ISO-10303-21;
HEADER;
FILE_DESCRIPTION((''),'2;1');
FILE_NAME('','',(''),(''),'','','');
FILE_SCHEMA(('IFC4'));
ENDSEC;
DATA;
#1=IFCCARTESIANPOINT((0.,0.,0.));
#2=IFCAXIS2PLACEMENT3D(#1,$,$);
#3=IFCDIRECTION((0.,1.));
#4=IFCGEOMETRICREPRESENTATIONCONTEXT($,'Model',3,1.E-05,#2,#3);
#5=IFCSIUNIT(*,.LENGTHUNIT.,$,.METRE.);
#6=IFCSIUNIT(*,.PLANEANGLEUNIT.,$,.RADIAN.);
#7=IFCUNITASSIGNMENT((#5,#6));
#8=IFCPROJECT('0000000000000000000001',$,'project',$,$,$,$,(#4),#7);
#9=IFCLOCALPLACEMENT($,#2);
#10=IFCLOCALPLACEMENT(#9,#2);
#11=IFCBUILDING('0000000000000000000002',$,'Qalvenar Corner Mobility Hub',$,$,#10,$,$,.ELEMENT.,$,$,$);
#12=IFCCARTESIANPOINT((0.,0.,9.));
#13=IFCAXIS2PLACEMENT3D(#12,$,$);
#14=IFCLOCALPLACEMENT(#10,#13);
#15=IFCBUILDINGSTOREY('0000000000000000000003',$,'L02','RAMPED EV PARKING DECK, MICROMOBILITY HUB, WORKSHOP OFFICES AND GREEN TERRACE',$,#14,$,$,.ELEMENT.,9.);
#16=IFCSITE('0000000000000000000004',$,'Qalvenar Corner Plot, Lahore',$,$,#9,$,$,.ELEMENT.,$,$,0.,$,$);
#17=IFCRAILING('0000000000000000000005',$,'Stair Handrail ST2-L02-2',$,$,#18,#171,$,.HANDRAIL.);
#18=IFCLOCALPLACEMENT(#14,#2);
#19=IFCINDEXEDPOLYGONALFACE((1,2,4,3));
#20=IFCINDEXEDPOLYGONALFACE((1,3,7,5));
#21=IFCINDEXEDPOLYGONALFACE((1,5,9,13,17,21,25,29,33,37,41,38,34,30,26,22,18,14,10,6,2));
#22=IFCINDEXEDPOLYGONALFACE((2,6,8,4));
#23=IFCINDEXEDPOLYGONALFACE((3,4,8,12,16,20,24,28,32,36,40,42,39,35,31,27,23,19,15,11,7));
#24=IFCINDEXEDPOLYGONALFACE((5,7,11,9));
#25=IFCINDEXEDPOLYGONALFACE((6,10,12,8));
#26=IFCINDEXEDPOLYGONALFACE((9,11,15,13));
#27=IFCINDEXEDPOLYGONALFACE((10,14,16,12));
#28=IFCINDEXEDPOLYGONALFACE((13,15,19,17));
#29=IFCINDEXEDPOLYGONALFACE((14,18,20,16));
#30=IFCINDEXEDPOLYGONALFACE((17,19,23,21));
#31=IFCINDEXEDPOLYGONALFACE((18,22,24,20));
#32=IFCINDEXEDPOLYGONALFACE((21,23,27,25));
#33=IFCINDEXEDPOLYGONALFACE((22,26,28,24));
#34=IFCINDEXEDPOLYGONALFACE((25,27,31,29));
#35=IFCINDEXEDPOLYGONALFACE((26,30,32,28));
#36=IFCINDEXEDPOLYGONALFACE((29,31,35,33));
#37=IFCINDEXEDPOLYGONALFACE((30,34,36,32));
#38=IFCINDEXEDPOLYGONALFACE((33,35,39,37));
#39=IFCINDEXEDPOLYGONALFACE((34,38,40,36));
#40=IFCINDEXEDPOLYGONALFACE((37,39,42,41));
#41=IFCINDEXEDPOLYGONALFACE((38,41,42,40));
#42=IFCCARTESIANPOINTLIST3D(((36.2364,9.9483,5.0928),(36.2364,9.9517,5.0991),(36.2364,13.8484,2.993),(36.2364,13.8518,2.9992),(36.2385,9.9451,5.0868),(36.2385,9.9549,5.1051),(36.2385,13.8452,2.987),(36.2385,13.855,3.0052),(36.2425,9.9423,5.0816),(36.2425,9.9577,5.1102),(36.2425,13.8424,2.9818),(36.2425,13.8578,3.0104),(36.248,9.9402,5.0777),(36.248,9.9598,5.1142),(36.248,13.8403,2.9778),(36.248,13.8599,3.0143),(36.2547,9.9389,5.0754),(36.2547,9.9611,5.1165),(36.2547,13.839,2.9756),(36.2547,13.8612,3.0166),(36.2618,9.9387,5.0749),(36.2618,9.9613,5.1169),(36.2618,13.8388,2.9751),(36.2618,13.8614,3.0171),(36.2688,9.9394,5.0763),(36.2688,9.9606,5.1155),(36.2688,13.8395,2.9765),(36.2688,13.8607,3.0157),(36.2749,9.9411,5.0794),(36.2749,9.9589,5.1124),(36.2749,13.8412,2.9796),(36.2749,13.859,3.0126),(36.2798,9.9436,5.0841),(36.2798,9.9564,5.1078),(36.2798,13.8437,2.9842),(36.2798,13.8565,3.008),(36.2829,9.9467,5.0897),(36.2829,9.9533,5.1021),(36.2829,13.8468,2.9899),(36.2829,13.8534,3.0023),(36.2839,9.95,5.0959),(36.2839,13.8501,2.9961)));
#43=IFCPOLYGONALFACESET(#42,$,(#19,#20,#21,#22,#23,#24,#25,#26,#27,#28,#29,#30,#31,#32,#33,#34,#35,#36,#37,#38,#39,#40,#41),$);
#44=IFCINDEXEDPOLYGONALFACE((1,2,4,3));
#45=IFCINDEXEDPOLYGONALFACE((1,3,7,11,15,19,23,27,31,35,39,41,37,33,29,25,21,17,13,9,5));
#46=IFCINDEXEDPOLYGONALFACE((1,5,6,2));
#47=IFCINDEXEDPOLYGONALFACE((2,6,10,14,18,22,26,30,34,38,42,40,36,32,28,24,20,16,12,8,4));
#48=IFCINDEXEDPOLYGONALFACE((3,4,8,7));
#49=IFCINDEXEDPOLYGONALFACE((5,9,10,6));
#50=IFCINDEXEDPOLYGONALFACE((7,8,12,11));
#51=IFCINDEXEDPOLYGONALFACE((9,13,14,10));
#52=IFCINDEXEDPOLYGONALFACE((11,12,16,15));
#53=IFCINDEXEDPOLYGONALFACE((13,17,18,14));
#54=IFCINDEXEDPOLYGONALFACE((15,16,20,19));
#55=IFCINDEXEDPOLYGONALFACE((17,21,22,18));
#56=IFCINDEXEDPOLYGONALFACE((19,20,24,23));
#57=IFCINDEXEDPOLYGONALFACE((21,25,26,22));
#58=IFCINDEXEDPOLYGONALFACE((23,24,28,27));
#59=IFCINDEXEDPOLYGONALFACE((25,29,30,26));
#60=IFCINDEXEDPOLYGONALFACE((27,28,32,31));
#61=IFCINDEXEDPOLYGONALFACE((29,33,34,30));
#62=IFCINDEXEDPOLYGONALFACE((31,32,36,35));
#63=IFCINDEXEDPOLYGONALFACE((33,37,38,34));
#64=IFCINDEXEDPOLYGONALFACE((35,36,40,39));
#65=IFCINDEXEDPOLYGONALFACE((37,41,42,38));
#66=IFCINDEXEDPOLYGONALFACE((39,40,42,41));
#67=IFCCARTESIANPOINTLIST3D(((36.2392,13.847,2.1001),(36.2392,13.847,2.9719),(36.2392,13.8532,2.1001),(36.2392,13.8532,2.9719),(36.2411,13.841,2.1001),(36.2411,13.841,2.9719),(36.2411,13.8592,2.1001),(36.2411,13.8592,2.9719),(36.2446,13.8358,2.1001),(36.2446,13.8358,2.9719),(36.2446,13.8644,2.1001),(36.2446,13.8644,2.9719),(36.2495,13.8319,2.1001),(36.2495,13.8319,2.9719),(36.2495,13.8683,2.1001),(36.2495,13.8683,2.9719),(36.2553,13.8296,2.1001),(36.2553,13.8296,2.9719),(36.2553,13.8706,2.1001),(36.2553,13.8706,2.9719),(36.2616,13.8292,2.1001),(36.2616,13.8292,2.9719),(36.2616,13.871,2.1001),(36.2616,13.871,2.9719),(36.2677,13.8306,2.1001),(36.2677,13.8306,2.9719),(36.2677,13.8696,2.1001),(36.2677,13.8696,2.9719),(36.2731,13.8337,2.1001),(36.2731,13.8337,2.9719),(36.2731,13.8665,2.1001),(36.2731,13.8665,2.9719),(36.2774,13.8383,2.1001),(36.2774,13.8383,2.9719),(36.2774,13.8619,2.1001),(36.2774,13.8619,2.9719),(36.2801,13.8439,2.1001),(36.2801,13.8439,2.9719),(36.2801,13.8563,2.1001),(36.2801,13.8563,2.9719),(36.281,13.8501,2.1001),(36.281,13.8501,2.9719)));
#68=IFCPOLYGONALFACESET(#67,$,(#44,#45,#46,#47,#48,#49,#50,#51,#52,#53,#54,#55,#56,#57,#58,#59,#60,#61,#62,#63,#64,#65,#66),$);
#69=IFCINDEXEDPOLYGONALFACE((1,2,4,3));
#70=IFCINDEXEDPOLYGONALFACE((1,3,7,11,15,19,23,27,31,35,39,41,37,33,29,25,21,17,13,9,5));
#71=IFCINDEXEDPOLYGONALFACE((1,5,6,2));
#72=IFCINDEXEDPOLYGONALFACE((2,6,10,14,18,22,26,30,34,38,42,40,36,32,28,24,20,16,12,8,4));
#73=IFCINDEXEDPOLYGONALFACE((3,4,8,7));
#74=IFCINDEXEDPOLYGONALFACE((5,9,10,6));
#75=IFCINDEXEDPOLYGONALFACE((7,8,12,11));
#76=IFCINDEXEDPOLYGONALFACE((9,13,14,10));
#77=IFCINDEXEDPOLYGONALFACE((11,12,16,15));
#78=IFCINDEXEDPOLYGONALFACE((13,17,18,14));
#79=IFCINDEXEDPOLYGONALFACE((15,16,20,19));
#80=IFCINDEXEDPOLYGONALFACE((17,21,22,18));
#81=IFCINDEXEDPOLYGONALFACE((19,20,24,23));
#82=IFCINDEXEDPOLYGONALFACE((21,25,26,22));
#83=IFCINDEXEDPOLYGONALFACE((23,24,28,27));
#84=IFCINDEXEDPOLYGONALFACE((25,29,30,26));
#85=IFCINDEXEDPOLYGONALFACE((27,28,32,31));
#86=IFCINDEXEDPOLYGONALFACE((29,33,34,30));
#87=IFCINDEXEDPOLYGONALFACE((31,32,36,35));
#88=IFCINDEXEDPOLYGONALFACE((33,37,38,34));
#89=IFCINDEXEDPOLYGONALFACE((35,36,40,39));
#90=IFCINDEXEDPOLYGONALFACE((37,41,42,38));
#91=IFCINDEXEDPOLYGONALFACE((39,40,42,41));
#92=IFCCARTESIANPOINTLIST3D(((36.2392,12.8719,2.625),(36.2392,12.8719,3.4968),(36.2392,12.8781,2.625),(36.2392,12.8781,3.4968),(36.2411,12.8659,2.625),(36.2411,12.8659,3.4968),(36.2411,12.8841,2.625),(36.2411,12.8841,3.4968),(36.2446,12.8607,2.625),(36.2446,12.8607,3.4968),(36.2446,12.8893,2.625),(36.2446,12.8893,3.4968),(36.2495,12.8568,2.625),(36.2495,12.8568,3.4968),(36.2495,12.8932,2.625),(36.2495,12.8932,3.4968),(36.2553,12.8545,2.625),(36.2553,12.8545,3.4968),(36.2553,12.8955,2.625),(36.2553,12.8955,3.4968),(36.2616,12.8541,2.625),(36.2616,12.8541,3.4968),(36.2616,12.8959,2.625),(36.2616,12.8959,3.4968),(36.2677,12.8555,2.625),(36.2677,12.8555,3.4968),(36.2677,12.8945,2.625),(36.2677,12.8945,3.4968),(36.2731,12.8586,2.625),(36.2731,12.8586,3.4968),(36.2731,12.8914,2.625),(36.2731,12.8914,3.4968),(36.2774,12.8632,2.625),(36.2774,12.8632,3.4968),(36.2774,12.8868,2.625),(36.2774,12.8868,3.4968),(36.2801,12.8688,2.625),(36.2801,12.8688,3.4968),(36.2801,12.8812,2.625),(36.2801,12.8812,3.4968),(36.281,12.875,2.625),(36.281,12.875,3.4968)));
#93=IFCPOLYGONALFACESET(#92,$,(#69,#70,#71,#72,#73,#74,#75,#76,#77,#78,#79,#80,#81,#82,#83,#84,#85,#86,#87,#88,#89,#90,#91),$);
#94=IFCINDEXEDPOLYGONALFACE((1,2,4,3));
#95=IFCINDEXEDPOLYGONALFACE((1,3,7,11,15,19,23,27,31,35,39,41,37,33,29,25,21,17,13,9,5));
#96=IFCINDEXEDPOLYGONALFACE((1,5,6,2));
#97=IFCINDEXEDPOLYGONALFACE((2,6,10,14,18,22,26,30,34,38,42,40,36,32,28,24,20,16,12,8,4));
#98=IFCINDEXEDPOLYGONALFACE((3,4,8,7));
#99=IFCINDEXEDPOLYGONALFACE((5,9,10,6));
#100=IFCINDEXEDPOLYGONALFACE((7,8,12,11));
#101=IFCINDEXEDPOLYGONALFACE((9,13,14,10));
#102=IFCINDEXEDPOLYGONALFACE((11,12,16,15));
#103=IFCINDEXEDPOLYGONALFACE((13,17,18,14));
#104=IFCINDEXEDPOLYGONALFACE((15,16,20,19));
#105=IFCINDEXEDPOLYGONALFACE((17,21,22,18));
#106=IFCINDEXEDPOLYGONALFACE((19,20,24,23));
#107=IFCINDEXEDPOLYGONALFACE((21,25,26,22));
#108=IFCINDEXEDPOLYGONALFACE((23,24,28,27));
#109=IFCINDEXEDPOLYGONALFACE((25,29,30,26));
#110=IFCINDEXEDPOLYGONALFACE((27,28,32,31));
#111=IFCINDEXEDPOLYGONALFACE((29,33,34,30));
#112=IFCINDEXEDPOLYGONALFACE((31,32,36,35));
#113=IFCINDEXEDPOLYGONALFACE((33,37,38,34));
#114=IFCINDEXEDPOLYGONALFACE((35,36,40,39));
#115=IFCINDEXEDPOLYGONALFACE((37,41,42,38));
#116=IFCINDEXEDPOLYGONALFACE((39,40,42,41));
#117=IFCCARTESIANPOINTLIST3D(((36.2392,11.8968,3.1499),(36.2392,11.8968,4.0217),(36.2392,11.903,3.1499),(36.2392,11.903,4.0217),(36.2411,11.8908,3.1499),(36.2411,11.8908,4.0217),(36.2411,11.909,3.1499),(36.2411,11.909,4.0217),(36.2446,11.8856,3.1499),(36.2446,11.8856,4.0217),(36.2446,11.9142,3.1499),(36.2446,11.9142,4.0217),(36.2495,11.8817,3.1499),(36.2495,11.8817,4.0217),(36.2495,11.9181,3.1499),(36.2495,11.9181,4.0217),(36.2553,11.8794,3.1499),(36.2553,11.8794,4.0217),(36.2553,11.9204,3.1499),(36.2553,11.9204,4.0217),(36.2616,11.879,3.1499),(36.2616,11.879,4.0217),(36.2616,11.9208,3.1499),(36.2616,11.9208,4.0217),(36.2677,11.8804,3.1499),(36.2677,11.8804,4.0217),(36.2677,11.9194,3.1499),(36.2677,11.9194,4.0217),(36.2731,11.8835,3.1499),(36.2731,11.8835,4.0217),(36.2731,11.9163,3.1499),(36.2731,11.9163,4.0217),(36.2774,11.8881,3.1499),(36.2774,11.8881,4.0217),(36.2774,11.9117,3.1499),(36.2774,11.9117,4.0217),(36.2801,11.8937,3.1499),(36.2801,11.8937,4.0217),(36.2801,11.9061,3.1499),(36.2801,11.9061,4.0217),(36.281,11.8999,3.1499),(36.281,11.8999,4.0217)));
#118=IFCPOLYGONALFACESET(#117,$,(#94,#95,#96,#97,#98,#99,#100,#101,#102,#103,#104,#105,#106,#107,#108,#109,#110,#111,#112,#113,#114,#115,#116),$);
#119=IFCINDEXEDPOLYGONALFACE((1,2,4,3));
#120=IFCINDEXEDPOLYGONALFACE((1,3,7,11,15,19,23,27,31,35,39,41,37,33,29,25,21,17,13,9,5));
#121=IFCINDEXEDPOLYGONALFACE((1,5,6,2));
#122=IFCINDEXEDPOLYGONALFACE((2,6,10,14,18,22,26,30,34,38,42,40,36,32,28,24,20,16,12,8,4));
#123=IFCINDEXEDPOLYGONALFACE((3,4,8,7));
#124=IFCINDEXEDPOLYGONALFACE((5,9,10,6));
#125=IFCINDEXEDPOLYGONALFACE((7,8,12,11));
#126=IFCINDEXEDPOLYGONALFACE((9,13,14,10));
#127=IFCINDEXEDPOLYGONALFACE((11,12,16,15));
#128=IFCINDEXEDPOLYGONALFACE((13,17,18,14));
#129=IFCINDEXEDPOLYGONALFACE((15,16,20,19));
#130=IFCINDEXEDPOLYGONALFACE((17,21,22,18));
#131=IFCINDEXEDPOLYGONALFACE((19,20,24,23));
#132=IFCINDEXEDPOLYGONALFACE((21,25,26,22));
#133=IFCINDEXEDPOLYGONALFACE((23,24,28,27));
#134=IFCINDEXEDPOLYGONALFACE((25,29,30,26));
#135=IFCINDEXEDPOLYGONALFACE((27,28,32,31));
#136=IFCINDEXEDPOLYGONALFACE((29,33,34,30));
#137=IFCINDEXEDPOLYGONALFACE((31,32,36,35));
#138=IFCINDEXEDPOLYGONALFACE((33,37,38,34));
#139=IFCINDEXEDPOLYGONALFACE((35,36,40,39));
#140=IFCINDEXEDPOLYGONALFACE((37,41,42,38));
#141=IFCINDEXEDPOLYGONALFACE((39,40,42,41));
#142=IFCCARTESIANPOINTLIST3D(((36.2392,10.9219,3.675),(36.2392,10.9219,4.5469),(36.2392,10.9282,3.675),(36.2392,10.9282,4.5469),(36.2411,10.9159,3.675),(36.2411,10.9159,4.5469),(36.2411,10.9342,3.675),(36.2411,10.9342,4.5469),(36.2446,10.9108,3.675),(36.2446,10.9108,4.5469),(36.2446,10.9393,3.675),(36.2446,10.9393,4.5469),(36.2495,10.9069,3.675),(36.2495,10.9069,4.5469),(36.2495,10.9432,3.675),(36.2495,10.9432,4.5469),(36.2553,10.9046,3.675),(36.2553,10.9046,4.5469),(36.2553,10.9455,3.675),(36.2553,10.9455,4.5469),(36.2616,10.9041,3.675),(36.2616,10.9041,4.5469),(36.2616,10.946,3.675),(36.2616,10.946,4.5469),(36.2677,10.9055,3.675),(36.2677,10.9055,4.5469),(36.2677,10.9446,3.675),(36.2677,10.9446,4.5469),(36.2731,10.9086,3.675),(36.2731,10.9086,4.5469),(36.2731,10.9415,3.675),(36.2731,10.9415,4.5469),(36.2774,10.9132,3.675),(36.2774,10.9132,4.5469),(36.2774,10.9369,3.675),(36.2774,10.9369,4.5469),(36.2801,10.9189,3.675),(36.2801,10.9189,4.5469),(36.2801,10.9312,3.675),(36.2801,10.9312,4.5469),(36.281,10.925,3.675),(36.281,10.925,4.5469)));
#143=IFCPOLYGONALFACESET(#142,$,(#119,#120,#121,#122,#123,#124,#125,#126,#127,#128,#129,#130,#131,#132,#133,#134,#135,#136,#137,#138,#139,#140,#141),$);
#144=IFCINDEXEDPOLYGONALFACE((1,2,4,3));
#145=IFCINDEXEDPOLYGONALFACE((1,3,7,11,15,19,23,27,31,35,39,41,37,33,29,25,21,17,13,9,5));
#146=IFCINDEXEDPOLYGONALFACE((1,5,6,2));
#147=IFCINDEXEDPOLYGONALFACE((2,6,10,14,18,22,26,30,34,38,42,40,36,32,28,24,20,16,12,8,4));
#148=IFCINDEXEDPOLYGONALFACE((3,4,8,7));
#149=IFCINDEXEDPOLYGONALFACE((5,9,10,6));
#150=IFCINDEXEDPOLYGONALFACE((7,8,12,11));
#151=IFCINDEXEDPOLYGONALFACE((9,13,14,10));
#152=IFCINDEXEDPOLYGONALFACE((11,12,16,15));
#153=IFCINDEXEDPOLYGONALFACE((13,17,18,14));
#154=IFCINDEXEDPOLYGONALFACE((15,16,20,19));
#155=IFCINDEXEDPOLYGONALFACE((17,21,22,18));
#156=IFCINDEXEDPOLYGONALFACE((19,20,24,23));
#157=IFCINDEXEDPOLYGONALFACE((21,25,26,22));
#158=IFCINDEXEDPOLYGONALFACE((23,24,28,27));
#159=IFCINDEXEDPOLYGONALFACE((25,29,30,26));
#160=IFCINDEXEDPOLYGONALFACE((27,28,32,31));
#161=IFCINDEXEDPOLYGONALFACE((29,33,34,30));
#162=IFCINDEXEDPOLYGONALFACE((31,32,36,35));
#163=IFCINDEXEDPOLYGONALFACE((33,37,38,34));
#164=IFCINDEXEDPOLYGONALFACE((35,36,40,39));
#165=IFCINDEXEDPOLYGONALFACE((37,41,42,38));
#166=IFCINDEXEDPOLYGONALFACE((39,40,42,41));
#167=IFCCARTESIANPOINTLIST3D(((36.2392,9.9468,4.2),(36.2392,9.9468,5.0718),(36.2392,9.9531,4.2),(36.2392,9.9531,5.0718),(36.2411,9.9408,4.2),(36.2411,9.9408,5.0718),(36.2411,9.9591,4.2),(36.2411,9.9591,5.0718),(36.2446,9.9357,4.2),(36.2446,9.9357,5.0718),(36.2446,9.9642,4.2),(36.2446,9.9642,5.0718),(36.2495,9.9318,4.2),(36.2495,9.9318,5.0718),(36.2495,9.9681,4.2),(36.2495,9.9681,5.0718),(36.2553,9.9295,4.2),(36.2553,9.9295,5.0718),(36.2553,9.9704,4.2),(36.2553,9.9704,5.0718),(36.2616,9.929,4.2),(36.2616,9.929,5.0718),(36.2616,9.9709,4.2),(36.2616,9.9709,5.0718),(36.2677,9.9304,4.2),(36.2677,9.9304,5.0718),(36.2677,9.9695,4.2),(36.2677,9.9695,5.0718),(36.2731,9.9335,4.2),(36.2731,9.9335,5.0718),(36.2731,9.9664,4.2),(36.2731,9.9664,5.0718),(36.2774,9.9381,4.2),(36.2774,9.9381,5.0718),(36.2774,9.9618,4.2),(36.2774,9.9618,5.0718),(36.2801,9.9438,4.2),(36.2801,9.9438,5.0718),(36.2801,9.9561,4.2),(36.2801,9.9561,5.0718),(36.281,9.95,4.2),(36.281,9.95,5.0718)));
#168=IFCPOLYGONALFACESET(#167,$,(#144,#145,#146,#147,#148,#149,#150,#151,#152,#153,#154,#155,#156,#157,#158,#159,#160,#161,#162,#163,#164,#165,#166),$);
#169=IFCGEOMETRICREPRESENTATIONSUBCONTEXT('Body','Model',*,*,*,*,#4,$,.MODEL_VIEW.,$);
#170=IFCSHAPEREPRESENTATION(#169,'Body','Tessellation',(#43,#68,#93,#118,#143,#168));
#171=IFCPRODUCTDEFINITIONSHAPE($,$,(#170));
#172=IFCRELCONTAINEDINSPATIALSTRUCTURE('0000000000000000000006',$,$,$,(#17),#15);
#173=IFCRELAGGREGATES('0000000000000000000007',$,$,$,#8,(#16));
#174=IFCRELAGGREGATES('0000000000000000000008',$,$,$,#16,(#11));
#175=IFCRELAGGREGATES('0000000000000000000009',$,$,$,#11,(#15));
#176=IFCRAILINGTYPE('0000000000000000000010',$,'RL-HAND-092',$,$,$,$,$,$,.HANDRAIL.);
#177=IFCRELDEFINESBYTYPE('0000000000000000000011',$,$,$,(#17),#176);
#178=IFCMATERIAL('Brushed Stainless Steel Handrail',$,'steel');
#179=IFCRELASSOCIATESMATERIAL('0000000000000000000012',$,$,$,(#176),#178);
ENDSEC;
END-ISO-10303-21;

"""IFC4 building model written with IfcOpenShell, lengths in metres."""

from ifc_helpers import new_model, si_unit, direction, frame, origin, origin_2d, place, context, subcontext, project, spatial, circle, extrude, material, type_object, element, save


model = new_model("IFC4")

# Units and contexts
model_context = context("Model", 3, precision=1e-05, world=origin(), true_north=direction((0.0, 1.0)))
body_context = subcontext(model_context, "Body", "Model", "MODEL_VIEW")
ifc_project = project(units=[si_unit("LENGTHUNIT", "METRE"), si_unit("PLANEANGLEUNIT", "RADIAN")], contexts=[model_context])

# Site, building, storey
site_placement = place(None, origin())
site = spatial("IfcSite", under=ifc_project, at=site_placement, Name="Qalvenar Corner Plot, Lahore", CompositionType="ELEMENT", RefElevation=0.0)
building_placement = place(site_placement, origin())
building = spatial("IfcBuilding", under=site, at=building_placement, Name="Qalvenar Corner Mobility Hub", CompositionType="ELEMENT")
storey_placement = place(building_placement, frame((0.0, 0.0, 9.0)))
storey = spatial("IfcBuildingStorey", under=building, at=storey_placement, Name="L02", Description="RAMPED EV PARKING DECK, MICROMOBILITY HUB, WORKSHOP OFFICES AND GREEN TERRACE", CompositionType="ELEMENT", Elevation=9.0)

# Railing
ifc_material_1 = material(Name="Brushed Stainless Steel Handrail", Category="steel")
railing_type_1 = type_object("IfcRailingType", Name="RL-HAND-092", PredefinedType="HANDRAIL", material=ifc_material_1)
railing_1_placement = place(storey_placement, frame((36.26, 13.8501, 2.1001)))
element("IfcRailing", 1, at=railing_1_placement, inside=storey, type_object=railing_type_1, Name="Stair Handrail ST2-L02-2", PredefinedType="HANDRAIL", context=body_context, shape_type="SweptSolid", body=[
    extrude(circle(Radius=0.0239, at=origin_2d()), frame((0.0, 0.0, 0.896), z_axis=(0.0, -0.880492, 0.47406), x_axis=(1.0, 0.0, 0.0)), (0.0, 0.0, 1.0), 4.4294),
    extrude(circle(Radius=0.021, at=origin_2d()), origin(), (0.0, 0.0, 1.0), 0.8718),
    extrude(circle(Radius=0.021, at=origin_2d()), frame((0.0, -0.9751, 0.5249)), (0.0, 0.0, 1.0), 0.8718),
    extrude(circle(Radius=0.021, at=origin_2d()), frame((0.0, -1.9502, 1.0498)), (0.0, 0.0, 1.0), 0.8718),
    extrude(circle(Radius=0.021, at=origin_2d()), frame((0.0, -2.925, 1.575)), (0.0, 0.0, 1.0), 0.8718),
    extrude(circle(Radius=0.021, at=origin_2d()), frame((0.0, -3.9001, 2.0999)), (0.0, 0.0, 1.0), 0.8718),
])

save(model, "model.ifc")
